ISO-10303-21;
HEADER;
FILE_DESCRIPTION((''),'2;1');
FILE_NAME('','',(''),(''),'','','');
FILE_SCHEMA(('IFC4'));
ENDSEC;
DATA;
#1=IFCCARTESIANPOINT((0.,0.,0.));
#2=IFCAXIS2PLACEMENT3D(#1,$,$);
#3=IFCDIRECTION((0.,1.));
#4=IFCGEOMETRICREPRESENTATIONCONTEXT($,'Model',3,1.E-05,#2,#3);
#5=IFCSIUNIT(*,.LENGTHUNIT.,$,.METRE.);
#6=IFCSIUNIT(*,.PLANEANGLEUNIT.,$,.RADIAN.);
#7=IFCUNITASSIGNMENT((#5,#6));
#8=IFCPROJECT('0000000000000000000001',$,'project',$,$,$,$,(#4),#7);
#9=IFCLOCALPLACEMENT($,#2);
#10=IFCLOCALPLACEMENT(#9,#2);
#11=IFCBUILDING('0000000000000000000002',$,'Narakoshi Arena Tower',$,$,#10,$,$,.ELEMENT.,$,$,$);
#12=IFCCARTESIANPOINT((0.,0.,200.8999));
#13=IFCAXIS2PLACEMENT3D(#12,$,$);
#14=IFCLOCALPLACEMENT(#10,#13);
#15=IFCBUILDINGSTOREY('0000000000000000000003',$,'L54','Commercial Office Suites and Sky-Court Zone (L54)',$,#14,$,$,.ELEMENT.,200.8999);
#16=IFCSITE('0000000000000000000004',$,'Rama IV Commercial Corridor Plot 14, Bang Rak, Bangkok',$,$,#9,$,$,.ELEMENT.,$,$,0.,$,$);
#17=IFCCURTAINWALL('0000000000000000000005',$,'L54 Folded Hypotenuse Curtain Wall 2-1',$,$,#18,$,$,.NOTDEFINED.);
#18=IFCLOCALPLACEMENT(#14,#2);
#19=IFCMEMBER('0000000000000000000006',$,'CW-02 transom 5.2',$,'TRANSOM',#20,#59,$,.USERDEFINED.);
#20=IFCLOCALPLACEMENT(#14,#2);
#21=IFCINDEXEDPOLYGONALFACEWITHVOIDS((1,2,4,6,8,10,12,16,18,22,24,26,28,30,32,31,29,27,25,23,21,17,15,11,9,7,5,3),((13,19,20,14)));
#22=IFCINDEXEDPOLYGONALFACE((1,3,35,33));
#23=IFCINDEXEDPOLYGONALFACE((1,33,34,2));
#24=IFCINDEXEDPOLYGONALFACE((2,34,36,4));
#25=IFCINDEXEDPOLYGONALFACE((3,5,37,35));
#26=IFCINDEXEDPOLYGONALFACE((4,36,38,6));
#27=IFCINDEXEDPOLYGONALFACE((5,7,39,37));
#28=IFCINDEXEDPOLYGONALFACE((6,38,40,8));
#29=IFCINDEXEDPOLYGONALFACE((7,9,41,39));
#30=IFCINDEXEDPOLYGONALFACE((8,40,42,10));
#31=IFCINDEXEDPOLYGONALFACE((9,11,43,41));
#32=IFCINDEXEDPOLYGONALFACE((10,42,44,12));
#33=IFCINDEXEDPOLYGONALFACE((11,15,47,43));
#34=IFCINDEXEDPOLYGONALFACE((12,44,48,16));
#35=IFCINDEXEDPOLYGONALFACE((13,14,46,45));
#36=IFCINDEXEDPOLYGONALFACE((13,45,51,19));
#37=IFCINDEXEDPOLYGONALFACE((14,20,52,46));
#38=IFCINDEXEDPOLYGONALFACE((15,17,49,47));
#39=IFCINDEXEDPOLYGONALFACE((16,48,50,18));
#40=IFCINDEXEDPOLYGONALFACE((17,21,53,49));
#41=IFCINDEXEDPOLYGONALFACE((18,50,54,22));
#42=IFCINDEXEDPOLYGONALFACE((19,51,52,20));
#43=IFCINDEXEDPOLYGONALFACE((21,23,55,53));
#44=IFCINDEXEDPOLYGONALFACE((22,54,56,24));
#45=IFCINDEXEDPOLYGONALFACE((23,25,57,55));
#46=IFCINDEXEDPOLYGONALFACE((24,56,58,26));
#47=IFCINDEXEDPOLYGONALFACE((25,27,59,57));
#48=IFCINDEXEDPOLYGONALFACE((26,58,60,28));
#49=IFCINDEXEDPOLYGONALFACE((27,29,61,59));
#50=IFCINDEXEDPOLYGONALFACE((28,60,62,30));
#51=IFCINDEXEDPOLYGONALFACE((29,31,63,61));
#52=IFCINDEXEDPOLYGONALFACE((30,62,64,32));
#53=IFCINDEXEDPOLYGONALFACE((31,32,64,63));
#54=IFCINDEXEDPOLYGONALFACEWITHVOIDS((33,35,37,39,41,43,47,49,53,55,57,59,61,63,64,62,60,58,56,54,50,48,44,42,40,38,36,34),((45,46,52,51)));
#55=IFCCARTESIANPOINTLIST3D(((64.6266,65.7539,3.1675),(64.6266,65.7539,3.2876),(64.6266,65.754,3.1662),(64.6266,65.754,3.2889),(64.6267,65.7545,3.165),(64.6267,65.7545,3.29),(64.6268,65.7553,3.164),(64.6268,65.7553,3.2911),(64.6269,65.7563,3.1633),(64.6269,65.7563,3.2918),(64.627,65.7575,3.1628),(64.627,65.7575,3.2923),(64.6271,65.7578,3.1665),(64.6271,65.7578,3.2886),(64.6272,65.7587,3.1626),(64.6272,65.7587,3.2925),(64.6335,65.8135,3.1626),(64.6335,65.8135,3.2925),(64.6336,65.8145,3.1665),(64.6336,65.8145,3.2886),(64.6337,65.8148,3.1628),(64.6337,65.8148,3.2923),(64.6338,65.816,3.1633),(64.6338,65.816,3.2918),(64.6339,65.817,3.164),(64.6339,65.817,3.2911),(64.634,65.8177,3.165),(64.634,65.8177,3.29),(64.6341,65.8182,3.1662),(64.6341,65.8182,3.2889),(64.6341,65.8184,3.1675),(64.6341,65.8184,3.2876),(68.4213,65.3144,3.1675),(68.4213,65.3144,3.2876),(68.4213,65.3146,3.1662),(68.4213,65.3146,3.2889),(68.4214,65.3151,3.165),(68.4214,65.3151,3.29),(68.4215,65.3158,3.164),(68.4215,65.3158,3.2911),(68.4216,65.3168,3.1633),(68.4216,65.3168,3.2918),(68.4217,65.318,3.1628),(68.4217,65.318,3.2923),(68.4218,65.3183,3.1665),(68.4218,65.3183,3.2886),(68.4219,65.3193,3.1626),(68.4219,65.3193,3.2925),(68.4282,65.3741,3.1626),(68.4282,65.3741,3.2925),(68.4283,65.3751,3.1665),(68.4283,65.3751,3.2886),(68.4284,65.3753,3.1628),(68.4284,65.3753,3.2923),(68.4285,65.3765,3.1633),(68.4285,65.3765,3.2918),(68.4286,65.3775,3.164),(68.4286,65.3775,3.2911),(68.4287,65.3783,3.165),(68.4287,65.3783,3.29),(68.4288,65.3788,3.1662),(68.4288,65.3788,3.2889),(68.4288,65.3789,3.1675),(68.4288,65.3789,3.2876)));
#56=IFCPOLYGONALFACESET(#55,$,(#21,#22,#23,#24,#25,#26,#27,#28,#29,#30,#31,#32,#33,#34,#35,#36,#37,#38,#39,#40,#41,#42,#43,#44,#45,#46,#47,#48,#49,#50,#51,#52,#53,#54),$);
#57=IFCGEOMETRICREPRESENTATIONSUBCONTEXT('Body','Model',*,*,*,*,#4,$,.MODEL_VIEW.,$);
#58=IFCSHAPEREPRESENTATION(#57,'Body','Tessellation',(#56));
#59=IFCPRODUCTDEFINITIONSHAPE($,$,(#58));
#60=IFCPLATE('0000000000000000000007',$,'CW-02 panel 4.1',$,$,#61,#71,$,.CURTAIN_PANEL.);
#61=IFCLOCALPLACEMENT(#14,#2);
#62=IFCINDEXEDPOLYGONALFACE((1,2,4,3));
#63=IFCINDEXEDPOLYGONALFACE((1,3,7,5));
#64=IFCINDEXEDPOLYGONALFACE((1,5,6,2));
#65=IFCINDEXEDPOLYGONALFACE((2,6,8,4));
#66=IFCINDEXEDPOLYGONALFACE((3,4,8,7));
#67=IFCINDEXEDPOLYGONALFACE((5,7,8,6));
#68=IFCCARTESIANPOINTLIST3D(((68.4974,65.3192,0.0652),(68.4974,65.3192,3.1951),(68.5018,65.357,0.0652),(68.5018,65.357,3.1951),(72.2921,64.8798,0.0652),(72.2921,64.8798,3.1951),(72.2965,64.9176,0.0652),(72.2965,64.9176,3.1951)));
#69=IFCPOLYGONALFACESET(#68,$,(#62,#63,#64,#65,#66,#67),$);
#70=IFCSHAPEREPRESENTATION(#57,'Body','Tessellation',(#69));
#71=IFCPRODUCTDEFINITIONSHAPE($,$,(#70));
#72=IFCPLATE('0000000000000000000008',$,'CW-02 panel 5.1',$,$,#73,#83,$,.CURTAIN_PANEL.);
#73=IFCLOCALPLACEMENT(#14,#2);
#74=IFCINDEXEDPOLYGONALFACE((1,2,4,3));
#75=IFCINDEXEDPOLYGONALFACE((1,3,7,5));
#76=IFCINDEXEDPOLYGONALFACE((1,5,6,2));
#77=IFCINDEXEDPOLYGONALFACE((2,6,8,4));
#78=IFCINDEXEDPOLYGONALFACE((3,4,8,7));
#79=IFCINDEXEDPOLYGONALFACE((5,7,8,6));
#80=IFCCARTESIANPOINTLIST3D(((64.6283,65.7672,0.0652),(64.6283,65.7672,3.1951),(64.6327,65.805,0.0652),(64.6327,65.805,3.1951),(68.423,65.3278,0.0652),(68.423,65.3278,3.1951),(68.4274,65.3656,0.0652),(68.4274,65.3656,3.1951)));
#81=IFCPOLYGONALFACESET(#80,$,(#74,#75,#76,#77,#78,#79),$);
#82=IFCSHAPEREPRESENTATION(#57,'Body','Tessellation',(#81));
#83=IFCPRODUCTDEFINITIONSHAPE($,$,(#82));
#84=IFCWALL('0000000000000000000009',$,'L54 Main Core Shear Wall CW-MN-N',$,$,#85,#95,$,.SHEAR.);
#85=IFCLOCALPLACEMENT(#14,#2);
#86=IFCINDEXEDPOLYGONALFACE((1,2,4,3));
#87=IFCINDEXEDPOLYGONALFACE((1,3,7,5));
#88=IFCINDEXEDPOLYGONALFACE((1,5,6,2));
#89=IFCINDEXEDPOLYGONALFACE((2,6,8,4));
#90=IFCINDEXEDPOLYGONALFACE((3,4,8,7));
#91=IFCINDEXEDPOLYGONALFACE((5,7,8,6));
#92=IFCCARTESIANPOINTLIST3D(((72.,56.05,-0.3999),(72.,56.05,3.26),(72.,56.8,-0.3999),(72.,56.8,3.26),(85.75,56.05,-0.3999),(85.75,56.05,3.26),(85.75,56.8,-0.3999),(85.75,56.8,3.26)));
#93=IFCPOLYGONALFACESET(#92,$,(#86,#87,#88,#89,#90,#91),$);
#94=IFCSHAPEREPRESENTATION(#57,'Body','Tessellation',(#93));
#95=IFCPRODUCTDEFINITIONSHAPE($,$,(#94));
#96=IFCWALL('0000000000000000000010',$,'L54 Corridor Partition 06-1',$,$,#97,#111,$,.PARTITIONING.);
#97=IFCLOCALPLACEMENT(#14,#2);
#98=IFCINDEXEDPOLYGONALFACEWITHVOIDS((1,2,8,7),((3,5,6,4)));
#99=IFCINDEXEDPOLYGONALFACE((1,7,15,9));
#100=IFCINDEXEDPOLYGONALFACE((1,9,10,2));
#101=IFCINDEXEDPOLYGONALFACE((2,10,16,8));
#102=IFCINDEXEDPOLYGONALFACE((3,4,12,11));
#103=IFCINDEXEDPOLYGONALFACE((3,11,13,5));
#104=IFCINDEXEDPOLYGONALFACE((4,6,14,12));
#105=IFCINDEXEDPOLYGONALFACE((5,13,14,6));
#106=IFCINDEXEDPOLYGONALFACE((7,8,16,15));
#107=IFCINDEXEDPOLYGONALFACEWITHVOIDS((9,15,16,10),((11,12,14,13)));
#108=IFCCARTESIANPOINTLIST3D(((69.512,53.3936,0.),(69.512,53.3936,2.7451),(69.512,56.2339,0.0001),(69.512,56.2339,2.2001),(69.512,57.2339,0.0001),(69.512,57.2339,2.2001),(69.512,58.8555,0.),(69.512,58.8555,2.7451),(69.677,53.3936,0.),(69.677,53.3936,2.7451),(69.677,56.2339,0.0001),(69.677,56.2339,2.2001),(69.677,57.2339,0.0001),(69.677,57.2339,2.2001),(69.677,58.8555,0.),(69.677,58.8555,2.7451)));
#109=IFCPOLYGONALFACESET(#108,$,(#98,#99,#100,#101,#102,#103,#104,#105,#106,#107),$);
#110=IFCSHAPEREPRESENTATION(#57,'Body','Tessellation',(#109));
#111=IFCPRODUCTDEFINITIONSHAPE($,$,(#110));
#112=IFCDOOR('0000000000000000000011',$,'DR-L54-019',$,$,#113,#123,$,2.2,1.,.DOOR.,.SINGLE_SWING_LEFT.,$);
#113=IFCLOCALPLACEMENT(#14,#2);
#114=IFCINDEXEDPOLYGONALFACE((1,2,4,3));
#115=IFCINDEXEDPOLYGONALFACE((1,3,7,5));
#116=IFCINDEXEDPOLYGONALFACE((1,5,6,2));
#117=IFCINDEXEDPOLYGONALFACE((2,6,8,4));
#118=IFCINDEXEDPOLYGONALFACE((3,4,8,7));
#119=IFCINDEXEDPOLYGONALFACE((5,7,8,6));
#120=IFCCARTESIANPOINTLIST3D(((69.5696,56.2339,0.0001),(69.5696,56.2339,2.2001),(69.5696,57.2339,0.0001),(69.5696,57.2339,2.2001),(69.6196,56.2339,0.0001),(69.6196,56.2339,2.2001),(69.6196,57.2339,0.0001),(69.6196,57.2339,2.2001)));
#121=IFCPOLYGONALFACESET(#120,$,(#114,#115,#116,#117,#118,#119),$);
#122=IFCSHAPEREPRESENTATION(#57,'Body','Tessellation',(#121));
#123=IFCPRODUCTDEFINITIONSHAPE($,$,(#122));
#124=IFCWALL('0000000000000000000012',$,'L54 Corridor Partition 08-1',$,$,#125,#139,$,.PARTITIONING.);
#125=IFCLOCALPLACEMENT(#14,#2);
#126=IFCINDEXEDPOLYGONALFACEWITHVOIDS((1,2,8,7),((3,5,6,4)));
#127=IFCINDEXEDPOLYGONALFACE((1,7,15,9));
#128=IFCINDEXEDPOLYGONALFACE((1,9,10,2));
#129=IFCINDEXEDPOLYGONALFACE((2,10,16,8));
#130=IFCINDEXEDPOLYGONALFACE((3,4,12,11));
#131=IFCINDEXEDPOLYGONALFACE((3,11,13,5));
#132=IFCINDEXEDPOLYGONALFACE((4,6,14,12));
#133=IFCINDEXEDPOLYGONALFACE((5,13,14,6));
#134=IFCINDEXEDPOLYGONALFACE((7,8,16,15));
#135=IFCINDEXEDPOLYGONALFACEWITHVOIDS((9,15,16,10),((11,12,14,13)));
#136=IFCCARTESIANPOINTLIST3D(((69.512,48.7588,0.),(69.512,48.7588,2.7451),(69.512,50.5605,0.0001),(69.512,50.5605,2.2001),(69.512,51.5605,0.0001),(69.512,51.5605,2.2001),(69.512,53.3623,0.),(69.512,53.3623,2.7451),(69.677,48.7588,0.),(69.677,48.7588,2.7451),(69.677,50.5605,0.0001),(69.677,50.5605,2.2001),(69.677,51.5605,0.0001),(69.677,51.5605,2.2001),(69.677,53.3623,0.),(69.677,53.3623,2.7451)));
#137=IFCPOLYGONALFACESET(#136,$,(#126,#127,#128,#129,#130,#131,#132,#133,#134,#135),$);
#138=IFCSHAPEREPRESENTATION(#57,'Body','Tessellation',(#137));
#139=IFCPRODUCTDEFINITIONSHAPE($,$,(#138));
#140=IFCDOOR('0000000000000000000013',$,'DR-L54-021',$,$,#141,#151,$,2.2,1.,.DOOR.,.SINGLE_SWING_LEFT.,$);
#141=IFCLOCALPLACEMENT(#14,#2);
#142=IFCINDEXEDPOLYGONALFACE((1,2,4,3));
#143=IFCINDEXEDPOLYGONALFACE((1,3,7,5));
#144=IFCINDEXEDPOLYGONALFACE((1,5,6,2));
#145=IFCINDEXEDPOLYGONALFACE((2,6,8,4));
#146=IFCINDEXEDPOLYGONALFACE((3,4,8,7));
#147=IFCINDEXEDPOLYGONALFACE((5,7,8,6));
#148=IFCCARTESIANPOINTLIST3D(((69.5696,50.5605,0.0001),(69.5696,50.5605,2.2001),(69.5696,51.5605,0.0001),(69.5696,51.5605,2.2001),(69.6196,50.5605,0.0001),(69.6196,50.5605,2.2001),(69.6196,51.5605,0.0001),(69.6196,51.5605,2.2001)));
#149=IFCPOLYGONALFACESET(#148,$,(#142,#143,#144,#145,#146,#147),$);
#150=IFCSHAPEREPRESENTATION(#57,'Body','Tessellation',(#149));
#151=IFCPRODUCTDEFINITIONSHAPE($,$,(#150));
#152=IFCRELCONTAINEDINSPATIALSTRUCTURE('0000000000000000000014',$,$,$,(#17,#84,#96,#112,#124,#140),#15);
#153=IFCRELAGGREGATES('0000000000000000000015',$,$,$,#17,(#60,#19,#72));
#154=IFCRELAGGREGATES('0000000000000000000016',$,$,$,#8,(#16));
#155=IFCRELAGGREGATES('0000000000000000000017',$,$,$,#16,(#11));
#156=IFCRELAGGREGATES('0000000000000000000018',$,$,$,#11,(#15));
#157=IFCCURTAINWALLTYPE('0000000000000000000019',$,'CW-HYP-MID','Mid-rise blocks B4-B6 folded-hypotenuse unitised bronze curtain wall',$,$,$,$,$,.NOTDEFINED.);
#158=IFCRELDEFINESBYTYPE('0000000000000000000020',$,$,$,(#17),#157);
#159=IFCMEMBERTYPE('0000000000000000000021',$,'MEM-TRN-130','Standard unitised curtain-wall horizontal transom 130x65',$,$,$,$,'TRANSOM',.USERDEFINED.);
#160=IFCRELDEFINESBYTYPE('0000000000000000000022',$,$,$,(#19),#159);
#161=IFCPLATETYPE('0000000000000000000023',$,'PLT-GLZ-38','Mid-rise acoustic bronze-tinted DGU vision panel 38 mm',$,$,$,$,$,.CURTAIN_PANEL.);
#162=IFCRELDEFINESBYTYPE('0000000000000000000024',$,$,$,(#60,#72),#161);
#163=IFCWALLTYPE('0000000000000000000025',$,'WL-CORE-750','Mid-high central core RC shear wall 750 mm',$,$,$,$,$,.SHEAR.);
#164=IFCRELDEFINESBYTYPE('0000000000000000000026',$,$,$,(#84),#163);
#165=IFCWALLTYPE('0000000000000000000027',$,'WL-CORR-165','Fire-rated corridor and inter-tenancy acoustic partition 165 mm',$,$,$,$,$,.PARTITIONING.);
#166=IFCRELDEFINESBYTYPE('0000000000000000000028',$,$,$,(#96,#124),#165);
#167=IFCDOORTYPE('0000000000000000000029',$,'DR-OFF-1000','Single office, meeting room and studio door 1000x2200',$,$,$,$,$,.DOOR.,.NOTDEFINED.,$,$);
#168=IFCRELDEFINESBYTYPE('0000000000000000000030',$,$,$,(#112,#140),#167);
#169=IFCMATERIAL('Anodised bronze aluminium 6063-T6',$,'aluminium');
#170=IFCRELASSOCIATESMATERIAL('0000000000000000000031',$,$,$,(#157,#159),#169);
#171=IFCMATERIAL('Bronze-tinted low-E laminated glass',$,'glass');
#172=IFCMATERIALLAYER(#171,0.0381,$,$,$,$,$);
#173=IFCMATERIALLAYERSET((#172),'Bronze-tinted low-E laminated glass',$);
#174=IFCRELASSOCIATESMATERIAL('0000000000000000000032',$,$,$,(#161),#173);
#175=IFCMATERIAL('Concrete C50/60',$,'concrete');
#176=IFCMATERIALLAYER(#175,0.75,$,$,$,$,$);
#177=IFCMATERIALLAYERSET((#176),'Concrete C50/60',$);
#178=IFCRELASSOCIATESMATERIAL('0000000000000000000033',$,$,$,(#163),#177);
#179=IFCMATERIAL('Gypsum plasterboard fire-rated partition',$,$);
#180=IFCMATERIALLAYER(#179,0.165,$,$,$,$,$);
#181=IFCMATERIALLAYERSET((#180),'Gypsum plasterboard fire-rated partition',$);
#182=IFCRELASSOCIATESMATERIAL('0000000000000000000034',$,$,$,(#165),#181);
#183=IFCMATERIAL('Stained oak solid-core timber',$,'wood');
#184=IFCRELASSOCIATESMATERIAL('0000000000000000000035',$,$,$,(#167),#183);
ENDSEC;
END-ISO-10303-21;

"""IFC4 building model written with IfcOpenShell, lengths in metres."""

from ifc_helpers import new_model, si_unit, direction, frame, frame_2d, origin, origin_2d, place, context, subcontext, project, spatial, rectangle, hollow_rectangle, extrude, material, layer, layer_set, material_profile, profile_set, type_object, element, fill, aggregate, save


model = new_model("IFC4")

# Units and contexts
model_context = context("Model", 3, precision=1e-05, world=origin(), true_north=direction((0.0, 1.0)))
body_context = subcontext(model_context, "Body", "Model", "MODEL_VIEW")
ifc_project = project(units=[si_unit("LENGTHUNIT", "METRE"), si_unit("PLANEANGLEUNIT", "RADIAN")], contexts=[model_context])

# Site, building, storey
site_placement = place(None, origin())
site = spatial("IfcSite", under=ifc_project, at=site_placement, Name="Rama IV Commercial Corridor Plot 14, Bang Rak, Bangkok", CompositionType="ELEMENT", RefElevation=0.0)
building_placement = place(site_placement, origin())
building = spatial("IfcBuilding", under=site, at=building_placement, Name="Narakoshi Arena Tower", CompositionType="ELEMENT")
storey_placement = place(building_placement, frame((0.0, 0.0, 200.8999)))
storey = spatial("IfcBuildingStorey", under=building, at=storey_placement, Name="L54", Description="Commercial Office Suites and Sky-Court Zone (L54)", CompositionType="ELEMENT", Elevation=200.8999)

# Shared definitions
ifc_material_1 = material(Name="Concrete C50/60", Category="concrete")

# Curtain wall, member, plates
ifc_material_2 = material(Name="Anodised bronze aluminium 6063-T6", Category="aluminium")
curtain_wall_type = type_object("IfcCurtainWallType", Name="CW-HYP-MID", Description="Mid-rise blocks B4-B6 folded-hypotenuse unitised bronze curtain wall", PredefinedType="NOTDEFINED", material=ifc_material_2)
curtain_wall_placement = place(storey_placement, origin())
curtain_wall = element("IfcCurtainWall", 1, at=curtain_wall_placement, inside=storey, type_object=curtain_wall_type, Name="L54 Folded Hypotenuse Curtain Wall 2-1", PredefinedType="NOTDEFINED")
ifc_material_profile_1 = material_profile(ifc_material_2, hollow_rectangle(XDim=0.0649, YDim=0.1299, WallThickness=0.0039, OuterFilletRadius=0.0049, at=origin_2d()), Name="TRN130x65x4")
ifc_profile_set_1 = profile_set([ifc_material_profile_1], Name="Anodised bronze aluminium 6063-T6")
member_type_1 = type_object("IfcMemberType", Name="MEM-TRN-130", Description="Standard unitised curtain-wall horizontal transom 130x65", ElementType="TRANSOM", PredefinedType="USERDEFINED", material=ifc_profile_set_1)
member_1_placement = place(storey_placement, frame((68.425, 65.3467, 3.2275), z_axis=(-0.993361, 0.115039, 0.0), x_axis=(-0.115039, -0.993361, 0.0)))
member_1 = element("IfcMember", 2, at=member_1_placement, type_object=member_type_1, Name="CW-02 transom 5.2", ObjectType="TRANSOM", PredefinedType="USERDEFINED", context=body_context, shape_type="SweptSolid", body=[
    extrude(hollow_rectangle(XDim=0.0649, YDim=0.1299, WallThickness=0.0039, OuterFilletRadius=0.0049, at=origin_2d()), origin(), (0.0, 0.0, 1.0), 3.8201),
])
ifc_material_3 = material(Name="Bronze-tinted low-E laminated glass", Category="glass")
ifc_layer_1 = layer(ifc_material_3, 0.0381)
ifc_layer_set_1 = layer_set([ifc_layer_1], Name="Bronze-tinted low-E laminated glass")
plate_type = type_object("IfcPlateType", Name="PLT-GLZ-38", Description="Mid-rise acoustic bronze-tinted DGU vision panel 38 mm", PredefinedType="CURTAIN_PANEL", material=ifc_layer_set_1)
plate_1_placement = place(storey_placement, frame((70.397, 65.1184, 0.0652), z_axis=(0.0, 0.0, 1.0), x_axis=(-0.993364, 0.115011, 0.0)))
plate_1 = element("IfcPlate", 3, at=plate_1_placement, type_object=plate_type, Name="CW-02 panel 4.1", PredefinedType="CURTAIN_PANEL", context=body_context, shape_type="SweptSolid", body=[
    extrude(rectangle(XDim=3.8201, YDim=0.0381, at=origin_2d()), origin(), (0.0, 0.0, 1.0), 3.1299),
])
plate_2_placement = place(storey_placement, frame((66.5278, 65.5664, 0.0652), z_axis=(0.0, 0.0, 1.0), x_axis=(-0.993364, 0.115011, 0.0)))
plate_2 = element("IfcPlate", 4, at=plate_2_placement, type_object=plate_type, Name="CW-02 panel 5.1", PredefinedType="CURTAIN_PANEL", context=body_context, shape_type="SweptSolid", body=[
    extrude(rectangle(XDim=3.8201, YDim=0.0381, at=origin_2d()), origin(), (0.0, 0.0, 1.0), 3.1299),
])
aggregate(curtain_wall, [plate_1, member_1, plate_2])

# Wall
ifc_layer_2 = layer(ifc_material_1, 0.75)
ifc_layer_set_2 = layer_set([ifc_layer_2], Name="Concrete C50/60")
wall_type_1 = type_object("IfcWallType", Name="WL-CORE-750", Description="Mid-high central core RC shear wall 750 mm", PredefinedType="SHEAR", material=ifc_layer_set_2)
wall_1_placement = place(storey_placement, frame((72.0, 56.425, -0.3999), z_axis=(0.0, 0.0, 1.0), x_axis=(1.0, 0.0, 0.0)))
element("IfcWall", 5, at=wall_1_placement, inside=storey, type_object=wall_type_1, Name="L54 Main Core Shear Wall CW-MN-N", PredefinedType="SHEAR", context=body_context, shape_type="SweptSolid", body=[
    extrude(rectangle(XDim=13.75, YDim=0.75, at=frame_2d((6.875, 0.0))), origin(), (0.0, 0.0, 1.0), 3.6599),
])

# Walls, openings, doors
ifc_material_4 = material(Name="Gypsum plasterboard fire-rated partition")
ifc_layer_3 = layer(ifc_material_4, 0.165)
ifc_layer_set_3 = layer_set([ifc_layer_3], Name="Gypsum plasterboard fire-rated partition")
wall_type_2 = type_object("IfcWallType", Name="WL-CORR-165", Description="Fire-rated corridor and inter-tenancy acoustic partition 165 mm", PredefinedType="PARTITIONING", material=ifc_layer_set_3)
wall_2_placement = place(storey_placement, frame((69.5945, 58.8555, 0.0), z_axis=(0.0, 0.0, 1.0), x_axis=(0.0, -1.0, 0.0)))
wall_2 = element("IfcWall", 6, at=wall_2_placement, inside=storey, type_object=wall_type_2, Name="L54 Corridor Partition 06-1", PredefinedType="PARTITIONING", context=body_context, shape_type="SweptSolid", body=[
    extrude(rectangle(XDim=5.4619, YDim=0.165, at=frame_2d((2.731, 0.0))), origin(), (0.0, 0.0, 1.0), 2.7451),
])
opening_1_placement = place(wall_2_placement, frame((1.6216, 0.0, 0.0)))
opening_1 = element("IfcOpeningElement", 7, at=opening_1_placement, cuts=wall_2, PredefinedType="OPENING", context=body_context, shape_type="SweptSolid", body=[
    extrude(rectangle(XDim=1.0, YDim=2.2, at=frame_2d((0.5, 1.1001))), frame((0.0, 0.0925, 0.0), z_axis=(0.0, -1.0, 0.0), x_axis=(1.0, 0.0, 0.0)), (0.0, 0.0, 1.0), 0.1851),
])
ifc_material_5 = material(Name="Stained oak solid-core timber", Category="wood")
door_type_1 = type_object("IfcDoorType", Name="DR-OFF-1000", Description="Single office, meeting room and studio door 1000x2200", OperationType="NOTDEFINED", PredefinedType="DOOR", material=ifc_material_5)
door_1_placement = place(opening_1_placement, frame((1.0, 0.0, 0.0), z_axis=(0.0, 0.0, 1.0), x_axis=(-1.0, 0.0, 0.0)))
door_1 = element("IfcDoor", 8, at=door_1_placement, inside=storey, type_object=door_type_1, Name="DR-L54-019", OperationType="SINGLE_SWING_LEFT", OverallHeight=2.2, OverallWidth=1.0, PredefinedType="DOOR", context=body_context, shape_type="SweptSolid", body=[
    extrude(rectangle(XDim=1.0, YDim=2.2, at=frame_2d((0.5, 1.1001))), frame((0.0, 0.0249, 0.0), z_axis=(0.0, -1.0, 0.0), x_axis=(1.0, 0.0, 0.0)), (0.0, 0.0, 1.0), 0.05),
])
fill(opening_1, door_1)
wall_3_placement = place(storey_placement, frame((69.5945, 53.3623, 0.0), z_axis=(0.0, 0.0, 1.0), x_axis=(0.0, -1.0, 0.0)))
wall_3 = element("IfcWall", 9, at=wall_3_placement, inside=storey, type_object=wall_type_2, Name="L54 Corridor Partition 08-1", PredefinedType="PARTITIONING", context=body_context, shape_type="SweptSolid", body=[
    extrude(rectangle(XDim=4.6035, YDim=0.165, at=frame_2d((2.3018, 0.0))), origin(), (0.0, 0.0, 1.0), 2.7451),
])
opening_2_placement = place(wall_3_placement, frame((1.8018, 0.0, 0.0)))
opening_2 = element("IfcOpeningElement", 10, at=opening_2_placement, cuts=wall_3, PredefinedType="OPENING", context=body_context, shape_type="SweptSolid", body=[
    extrude(rectangle(XDim=1.0, YDim=2.2, at=frame_2d((0.5, 1.1001))), frame((0.0, 0.0925, 0.0), z_axis=(0.0, -1.0, 0.0), x_axis=(1.0, 0.0, 0.0)), (0.0, 0.0, 1.0), 0.1851),
])
door_2_placement = place(opening_2_placement, frame((1.0, 0.0, 0.0), z_axis=(0.0, 0.0, 1.0), x_axis=(-1.0, 0.0, 0.0)))
door_2 = element("IfcDoor", 11, at=door_2_placement, inside=storey, type_object=door_type_1, Name="DR-L54-021", OperationType="SINGLE_SWING_LEFT", OverallHeight=2.2, OverallWidth=1.0, PredefinedType="DOOR", context=body_context, shape_type="SweptSolid", body=[
    extrude(rectangle(XDim=1.0, YDim=2.2, at=frame_2d((0.5, 1.1001))), frame((0.0, 0.0249, 0.0), z_axis=(0.0, -1.0, 0.0), x_axis=(1.0, 0.0, 0.0)), (0.0, 0.0, 1.0), 0.05),
])
fill(opening_2, door_2)

save(model, "model.ifc")
